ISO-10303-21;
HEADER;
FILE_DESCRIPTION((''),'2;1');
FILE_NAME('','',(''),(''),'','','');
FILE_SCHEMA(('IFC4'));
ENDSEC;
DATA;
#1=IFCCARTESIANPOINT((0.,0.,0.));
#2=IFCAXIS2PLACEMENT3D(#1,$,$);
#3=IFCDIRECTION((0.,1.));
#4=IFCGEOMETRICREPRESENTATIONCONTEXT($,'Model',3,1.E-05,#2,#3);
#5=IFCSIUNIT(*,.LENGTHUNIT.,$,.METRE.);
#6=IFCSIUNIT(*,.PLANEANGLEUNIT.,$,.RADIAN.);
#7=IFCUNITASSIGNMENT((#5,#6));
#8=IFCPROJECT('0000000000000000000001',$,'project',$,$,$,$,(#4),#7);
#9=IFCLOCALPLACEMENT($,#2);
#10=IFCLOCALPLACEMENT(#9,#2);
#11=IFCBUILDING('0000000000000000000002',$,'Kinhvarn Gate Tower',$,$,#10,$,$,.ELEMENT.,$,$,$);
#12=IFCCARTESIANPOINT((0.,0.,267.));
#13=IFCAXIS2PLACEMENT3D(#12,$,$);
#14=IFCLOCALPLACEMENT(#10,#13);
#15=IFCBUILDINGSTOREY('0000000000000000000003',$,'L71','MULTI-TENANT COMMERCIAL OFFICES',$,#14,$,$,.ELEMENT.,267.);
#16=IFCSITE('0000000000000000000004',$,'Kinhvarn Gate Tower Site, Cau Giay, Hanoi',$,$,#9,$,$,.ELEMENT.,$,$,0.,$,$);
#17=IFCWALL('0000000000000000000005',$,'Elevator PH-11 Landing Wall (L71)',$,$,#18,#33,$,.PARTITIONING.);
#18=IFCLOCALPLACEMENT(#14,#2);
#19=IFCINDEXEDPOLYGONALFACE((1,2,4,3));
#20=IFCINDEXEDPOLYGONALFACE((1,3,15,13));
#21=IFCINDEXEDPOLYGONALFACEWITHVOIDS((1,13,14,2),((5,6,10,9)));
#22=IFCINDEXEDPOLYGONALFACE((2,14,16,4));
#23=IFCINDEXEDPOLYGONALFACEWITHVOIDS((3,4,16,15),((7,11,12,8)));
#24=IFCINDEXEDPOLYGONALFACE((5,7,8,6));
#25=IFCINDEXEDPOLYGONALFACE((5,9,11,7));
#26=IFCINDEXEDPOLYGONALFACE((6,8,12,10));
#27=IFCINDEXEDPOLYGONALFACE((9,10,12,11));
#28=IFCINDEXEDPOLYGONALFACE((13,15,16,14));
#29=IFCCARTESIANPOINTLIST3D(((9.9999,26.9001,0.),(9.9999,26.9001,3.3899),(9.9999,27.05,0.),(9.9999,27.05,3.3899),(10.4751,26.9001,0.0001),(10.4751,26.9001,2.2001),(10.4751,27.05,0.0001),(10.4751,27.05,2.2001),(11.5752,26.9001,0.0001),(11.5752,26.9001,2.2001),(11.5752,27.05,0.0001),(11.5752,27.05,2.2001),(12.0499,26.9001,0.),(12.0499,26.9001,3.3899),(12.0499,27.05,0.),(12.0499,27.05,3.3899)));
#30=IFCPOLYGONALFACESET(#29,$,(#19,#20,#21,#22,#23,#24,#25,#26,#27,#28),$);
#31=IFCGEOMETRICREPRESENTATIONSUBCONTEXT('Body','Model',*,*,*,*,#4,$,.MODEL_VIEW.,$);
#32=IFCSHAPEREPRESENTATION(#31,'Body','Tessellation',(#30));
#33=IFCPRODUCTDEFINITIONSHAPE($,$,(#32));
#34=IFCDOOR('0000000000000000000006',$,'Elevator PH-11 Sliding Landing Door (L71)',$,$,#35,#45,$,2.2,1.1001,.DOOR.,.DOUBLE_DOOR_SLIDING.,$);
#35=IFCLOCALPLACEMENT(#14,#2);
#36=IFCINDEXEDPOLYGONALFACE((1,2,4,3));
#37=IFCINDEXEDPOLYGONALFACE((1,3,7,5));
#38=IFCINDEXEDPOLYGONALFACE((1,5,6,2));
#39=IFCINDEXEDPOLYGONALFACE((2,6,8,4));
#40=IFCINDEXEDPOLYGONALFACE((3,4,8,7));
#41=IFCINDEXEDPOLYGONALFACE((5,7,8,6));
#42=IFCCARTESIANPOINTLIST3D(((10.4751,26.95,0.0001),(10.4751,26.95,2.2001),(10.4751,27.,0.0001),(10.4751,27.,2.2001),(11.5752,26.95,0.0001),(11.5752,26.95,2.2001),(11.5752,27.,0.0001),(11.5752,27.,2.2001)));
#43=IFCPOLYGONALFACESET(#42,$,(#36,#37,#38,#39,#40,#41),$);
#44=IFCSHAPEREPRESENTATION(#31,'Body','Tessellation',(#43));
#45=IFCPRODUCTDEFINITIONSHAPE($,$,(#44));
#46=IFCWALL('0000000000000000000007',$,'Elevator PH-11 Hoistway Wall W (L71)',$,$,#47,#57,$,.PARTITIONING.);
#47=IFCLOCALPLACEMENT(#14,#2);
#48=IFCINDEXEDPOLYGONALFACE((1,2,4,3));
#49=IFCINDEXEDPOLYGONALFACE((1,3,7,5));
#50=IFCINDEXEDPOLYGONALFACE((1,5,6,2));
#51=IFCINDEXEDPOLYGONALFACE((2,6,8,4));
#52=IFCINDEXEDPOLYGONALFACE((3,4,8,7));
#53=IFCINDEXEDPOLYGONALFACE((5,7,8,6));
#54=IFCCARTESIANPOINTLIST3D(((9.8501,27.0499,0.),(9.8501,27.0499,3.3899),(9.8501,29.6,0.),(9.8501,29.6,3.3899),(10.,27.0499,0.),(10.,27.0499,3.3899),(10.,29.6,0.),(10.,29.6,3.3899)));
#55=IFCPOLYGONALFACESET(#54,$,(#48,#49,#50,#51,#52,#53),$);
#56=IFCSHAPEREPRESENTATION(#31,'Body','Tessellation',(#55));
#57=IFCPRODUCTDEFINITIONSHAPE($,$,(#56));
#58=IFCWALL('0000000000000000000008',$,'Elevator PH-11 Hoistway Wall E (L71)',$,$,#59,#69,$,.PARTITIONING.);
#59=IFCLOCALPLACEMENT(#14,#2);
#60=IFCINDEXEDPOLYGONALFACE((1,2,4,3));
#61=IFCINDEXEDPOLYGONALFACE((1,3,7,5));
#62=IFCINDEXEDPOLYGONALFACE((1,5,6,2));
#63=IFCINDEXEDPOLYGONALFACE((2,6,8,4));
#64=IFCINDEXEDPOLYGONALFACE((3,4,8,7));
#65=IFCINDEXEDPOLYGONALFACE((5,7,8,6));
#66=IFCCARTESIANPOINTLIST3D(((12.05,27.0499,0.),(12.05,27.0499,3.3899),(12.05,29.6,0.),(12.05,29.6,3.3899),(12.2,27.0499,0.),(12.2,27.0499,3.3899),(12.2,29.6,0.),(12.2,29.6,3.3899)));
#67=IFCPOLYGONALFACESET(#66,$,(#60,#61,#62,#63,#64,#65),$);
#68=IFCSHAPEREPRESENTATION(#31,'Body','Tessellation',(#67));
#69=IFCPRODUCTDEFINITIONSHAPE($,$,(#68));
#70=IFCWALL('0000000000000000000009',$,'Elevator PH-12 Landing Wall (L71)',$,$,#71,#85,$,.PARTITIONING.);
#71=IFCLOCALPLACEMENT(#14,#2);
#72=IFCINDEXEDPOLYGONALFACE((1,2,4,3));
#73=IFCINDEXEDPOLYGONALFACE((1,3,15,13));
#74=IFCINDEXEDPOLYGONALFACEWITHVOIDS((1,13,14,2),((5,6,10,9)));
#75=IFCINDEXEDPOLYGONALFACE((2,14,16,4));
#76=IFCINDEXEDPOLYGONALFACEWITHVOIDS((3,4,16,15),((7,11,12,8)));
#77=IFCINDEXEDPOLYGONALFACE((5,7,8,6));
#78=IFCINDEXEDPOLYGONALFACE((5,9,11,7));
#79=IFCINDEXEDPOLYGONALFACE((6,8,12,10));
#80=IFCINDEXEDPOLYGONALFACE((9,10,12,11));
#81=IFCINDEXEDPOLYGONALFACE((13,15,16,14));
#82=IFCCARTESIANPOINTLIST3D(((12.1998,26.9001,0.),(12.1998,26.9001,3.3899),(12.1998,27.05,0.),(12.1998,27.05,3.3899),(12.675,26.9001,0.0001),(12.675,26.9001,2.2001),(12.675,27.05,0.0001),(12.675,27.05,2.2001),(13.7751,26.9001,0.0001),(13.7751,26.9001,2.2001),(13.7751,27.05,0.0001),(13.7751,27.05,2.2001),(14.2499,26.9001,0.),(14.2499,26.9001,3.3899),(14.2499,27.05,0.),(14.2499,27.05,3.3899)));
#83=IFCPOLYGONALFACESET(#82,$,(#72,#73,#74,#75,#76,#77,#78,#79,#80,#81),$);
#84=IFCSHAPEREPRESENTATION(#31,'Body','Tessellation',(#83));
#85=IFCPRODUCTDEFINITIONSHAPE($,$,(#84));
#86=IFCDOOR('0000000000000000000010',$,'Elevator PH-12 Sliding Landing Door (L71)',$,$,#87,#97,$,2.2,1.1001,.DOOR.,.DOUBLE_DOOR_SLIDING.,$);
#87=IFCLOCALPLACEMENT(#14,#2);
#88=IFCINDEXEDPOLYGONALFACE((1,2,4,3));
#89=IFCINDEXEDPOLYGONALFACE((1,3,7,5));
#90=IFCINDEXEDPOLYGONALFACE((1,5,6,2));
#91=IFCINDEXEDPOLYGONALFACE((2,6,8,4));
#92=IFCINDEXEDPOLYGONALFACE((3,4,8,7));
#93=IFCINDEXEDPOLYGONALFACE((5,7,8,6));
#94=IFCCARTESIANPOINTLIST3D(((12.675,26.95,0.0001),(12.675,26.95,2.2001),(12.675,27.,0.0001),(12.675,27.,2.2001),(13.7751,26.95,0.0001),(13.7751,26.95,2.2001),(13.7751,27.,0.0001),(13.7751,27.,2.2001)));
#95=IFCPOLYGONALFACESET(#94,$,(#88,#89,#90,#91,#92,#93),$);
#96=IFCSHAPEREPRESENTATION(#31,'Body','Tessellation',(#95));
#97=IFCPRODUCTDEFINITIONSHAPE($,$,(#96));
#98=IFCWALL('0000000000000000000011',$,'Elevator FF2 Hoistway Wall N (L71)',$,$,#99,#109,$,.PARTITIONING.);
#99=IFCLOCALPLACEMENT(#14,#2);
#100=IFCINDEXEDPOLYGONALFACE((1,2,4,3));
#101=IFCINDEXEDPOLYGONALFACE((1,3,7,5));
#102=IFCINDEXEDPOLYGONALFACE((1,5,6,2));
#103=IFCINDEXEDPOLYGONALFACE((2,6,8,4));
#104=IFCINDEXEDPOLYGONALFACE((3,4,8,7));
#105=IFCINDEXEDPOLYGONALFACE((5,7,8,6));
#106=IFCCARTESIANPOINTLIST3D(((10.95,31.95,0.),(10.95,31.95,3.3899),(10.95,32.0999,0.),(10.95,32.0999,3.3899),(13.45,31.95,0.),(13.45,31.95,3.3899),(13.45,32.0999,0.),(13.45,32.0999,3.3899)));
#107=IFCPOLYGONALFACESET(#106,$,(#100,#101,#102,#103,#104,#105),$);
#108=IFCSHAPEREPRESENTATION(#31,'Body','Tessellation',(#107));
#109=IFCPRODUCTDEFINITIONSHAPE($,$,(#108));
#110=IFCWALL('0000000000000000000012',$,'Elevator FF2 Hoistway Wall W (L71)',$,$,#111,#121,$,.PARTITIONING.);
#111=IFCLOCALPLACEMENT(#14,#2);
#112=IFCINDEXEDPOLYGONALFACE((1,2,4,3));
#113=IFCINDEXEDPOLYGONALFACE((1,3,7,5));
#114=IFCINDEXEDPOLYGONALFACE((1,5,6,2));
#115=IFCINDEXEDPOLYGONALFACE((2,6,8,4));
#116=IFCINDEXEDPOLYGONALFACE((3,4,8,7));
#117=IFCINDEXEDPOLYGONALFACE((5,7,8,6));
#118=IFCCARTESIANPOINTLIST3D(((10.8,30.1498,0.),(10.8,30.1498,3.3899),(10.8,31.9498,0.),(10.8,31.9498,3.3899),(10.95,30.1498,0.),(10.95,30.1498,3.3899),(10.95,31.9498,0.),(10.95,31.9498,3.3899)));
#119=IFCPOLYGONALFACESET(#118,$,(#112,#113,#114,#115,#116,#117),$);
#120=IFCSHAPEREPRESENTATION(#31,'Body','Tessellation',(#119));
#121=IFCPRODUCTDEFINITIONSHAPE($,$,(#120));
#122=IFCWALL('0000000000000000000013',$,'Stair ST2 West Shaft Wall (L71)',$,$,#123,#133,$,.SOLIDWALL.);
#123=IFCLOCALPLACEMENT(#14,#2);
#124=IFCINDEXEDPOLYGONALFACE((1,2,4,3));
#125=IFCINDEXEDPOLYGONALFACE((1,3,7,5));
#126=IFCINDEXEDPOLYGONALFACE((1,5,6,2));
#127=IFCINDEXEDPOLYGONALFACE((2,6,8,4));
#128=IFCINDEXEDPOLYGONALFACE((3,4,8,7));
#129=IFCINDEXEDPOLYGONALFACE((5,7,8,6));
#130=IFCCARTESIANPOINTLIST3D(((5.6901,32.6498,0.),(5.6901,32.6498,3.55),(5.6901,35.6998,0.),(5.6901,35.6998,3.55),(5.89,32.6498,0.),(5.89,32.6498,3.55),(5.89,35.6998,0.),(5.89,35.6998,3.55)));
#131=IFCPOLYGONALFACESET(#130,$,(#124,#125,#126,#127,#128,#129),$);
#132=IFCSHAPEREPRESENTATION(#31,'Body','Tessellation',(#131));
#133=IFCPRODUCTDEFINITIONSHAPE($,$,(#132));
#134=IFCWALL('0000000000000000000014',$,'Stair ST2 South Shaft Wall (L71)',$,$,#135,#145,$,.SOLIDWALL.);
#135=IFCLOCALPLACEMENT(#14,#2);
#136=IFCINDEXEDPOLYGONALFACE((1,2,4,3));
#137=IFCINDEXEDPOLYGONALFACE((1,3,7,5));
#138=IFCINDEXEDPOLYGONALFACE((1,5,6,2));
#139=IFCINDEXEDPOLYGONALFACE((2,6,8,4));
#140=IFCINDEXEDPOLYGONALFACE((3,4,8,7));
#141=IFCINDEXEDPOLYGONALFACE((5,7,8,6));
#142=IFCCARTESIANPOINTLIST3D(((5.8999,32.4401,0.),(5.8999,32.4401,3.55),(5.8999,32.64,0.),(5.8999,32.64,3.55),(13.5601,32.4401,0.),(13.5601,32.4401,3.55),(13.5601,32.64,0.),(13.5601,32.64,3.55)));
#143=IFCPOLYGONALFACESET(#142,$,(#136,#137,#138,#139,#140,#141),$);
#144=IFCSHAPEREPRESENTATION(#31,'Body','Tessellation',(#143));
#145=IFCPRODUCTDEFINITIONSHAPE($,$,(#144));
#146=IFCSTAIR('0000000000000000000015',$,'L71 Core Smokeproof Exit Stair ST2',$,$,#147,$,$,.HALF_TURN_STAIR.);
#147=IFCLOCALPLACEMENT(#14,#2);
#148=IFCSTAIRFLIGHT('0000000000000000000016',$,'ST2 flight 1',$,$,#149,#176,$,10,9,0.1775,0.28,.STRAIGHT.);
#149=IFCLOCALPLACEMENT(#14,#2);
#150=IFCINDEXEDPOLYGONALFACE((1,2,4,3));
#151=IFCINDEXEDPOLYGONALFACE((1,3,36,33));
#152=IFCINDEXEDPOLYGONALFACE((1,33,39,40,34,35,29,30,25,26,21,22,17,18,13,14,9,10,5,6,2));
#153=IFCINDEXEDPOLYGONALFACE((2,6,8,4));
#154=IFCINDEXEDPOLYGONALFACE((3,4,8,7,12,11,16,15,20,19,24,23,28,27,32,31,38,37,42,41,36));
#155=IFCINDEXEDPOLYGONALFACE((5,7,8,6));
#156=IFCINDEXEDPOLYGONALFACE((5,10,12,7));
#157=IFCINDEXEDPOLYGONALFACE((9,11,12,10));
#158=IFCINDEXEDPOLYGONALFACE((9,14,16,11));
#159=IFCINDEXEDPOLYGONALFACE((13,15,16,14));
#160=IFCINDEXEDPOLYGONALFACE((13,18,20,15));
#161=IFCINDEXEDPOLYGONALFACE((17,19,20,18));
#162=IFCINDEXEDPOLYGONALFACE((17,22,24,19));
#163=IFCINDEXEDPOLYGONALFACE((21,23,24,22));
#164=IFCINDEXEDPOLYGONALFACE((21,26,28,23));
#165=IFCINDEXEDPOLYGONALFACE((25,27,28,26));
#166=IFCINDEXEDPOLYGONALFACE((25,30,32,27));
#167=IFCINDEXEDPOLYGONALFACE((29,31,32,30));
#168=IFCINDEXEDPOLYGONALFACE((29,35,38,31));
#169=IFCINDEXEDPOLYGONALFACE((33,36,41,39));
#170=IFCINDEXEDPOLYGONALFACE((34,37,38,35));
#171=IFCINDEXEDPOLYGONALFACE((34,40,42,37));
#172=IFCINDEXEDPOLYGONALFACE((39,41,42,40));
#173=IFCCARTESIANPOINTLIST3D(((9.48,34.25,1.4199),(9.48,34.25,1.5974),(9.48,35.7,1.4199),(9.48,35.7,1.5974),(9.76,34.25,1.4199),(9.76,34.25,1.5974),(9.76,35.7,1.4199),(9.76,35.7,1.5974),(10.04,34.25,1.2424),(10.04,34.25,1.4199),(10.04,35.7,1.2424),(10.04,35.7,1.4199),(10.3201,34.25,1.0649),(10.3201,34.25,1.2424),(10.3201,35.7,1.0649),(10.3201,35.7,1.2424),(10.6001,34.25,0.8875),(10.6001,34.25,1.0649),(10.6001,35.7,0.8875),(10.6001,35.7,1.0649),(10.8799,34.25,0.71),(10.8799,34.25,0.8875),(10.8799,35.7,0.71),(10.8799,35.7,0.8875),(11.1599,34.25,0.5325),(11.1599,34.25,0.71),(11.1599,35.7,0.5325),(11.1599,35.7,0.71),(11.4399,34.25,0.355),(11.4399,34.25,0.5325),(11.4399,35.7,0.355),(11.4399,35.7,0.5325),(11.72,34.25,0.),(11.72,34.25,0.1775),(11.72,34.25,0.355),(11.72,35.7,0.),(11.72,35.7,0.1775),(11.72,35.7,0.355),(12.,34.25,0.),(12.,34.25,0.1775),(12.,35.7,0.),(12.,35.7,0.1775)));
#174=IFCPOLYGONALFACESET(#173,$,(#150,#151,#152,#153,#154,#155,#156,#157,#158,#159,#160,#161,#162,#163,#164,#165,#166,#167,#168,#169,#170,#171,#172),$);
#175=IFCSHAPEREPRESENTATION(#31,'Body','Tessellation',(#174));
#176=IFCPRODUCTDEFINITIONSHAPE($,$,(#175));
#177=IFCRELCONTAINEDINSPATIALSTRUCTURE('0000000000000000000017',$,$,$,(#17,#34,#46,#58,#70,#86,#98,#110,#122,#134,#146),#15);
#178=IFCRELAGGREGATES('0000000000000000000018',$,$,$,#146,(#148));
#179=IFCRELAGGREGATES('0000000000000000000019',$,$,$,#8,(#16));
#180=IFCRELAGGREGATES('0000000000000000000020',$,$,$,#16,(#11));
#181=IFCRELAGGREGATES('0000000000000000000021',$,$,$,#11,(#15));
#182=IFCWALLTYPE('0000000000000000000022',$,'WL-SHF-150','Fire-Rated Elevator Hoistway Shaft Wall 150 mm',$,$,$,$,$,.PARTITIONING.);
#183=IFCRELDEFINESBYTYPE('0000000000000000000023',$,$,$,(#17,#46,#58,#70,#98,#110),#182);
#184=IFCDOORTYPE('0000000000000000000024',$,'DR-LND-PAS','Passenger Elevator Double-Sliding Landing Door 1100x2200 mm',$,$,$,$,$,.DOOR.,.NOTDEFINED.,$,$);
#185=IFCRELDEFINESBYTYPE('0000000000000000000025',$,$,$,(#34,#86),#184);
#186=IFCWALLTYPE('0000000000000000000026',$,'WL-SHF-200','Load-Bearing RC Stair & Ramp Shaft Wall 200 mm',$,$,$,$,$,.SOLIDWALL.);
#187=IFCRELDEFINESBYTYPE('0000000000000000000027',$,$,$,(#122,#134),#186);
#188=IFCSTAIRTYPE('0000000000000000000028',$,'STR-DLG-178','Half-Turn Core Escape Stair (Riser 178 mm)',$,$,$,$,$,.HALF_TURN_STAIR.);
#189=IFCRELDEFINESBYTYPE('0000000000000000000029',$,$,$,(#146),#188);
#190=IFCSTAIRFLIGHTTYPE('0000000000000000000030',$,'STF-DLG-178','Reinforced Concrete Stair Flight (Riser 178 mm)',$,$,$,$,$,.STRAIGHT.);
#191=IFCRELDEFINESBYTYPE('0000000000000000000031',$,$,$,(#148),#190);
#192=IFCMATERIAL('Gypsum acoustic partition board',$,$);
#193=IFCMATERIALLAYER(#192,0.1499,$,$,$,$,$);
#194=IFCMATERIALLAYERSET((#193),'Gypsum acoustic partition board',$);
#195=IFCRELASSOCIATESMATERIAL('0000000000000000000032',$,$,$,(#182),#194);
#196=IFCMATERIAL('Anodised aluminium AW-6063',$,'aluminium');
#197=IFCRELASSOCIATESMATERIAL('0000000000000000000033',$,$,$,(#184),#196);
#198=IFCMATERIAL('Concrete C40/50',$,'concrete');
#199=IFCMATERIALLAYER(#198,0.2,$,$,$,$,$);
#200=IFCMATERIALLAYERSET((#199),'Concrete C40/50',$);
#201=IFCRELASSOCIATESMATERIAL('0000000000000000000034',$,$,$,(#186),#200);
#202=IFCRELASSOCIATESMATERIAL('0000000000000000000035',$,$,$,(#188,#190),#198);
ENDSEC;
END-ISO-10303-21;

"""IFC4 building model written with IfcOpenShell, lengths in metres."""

from ifc_helpers import new_model, si_unit, direction, frame, frame_2d, origin, place, context, subcontext, project, spatial, polyline, rectangle, outline, extrude, material, layer, layer_set, type_object, element, fill, aggregate, save


model = new_model("IFC4")

# Units and contexts
model_context = context("Model", 3, precision=1e-05, world=origin(), true_north=direction((0.0, 1.0)))
body_context = subcontext(model_context, "Body", "Model", "MODEL_VIEW")
ifc_project = project(units=[si_unit("LENGTHUNIT", "METRE"), si_unit("PLANEANGLEUNIT", "RADIAN")], contexts=[model_context])

# Site, building, storey
site_placement = place(None, origin())
site = spatial("IfcSite", under=ifc_project, at=site_placement, Name="Kinhvarn Gate Tower Site, Cau Giay, Hanoi", CompositionType="ELEMENT", RefElevation=0.0)
building_placement = place(site_placement, origin())
building = spatial("IfcBuilding", under=site, at=building_placement, Name="Kinhvarn Gate Tower", CompositionType="ELEMENT")
storey_placement = place(building_placement, frame((0.0, 0.0, 267.0)))
storey = spatial("IfcBuildingStorey", under=building, at=storey_placement, Name="L71", Description="MULTI-TENANT COMMERCIAL OFFICES", CompositionType="ELEMENT", Elevation=267.0)

# Shared definitions
ifc_material_1 = material(Name="Gypsum acoustic partition board")

# Shared definitions
ifc_material_2 = material(Name="Anodised aluminium AW-6063", Category="aluminium")

# Wall, opening, door
ifc_layer_1 = layer(ifc_material_1, 0.1499)
ifc_layer_set_1 = layer_set([ifc_layer_1], Name="Gypsum acoustic partition board")
wall_type_1 = type_object("IfcWallType", Name="WL-SHF-150", Description="Fire-Rated Elevator Hoistway Shaft Wall 150 mm", PredefinedType="PARTITIONING", material=ifc_layer_set_1)
door_type_1 = type_object("IfcDoorType", Name="DR-LND-PAS", Description="Passenger Elevator Double-Sliding Landing Door 1100x2200 mm", OperationType="NOTDEFINED", PredefinedType="DOOR", material=ifc_material_2)
wall_1_placement = place(storey_placement, frame((10.0, 26.9751, 0.0), z_axis=(0.0, 0.0, 1.0), x_axis=(1.0, 0.0, 0.0)))
wall_1 = element("IfcWall", 1, at=wall_1_placement, inside=storey, type_object=wall_type_1, Name="Elevator PH-11 Landing Wall (L71)", PredefinedType="PARTITIONING", context=body_context, shape_type="SweptSolid", body=[
    extrude(rectangle(XDim=2.05, YDim=0.1499, at=frame_2d((1.0249, 0.0))), origin(), (0.0, 0.0, 1.0), 3.3899),
])
opening_1_placement = place(wall_1_placement, frame((0.4751, 0.0, 0.0)))
opening_1 = element("IfcOpeningElement", 2, at=opening_1_placement, cuts=wall_1, PredefinedType="OPENING", context=body_context, shape_type="SweptSolid", body=[
    extrude(rectangle(XDim=1.1001, YDim=2.2, at=frame_2d((0.55, 1.1001))), frame((0.0, 0.085, 0.0), z_axis=(0.0, -1.0, 0.0), x_axis=(1.0, 0.0, 0.0)), (0.0, 0.0, 1.0), 0.1699),
])
door_1_placement = place(opening_1_placement, origin())
door_1 = element("IfcDoor", 3, at=door_1_placement, inside=storey, type_object=door_type_1, Name="Elevator PH-11 Sliding Landing Door (L71)", OperationType="DOUBLE_DOOR_SLIDING", OverallHeight=2.2, OverallWidth=1.1001, PredefinedType="DOOR", context=body_context, shape_type="SweptSolid", body=[
    extrude(rectangle(XDim=1.1001, YDim=2.2, at=frame_2d((0.55, 1.1001))), frame((0.0, 0.0249, 0.0), z_axis=(0.0, -1.0, 0.0), x_axis=(1.0, 0.0, 0.0)), (0.0, 0.0, 1.0), 0.05),
])
fill(opening_1, door_1)

# Walls
for number, where, z_axis, x_axis, name in (
    (4, (9.925, 27.05, 0.0), (0.0, 0.0, 1.0), (0.0, 1.0, 0.0), "Elevator PH-11 Hoistway Wall W (L71)"),
    (5, (12.125, 27.05, 0.0), (0.0, 0.0, 1.0), (0.0, 1.0, 0.0), "Elevator PH-11 Hoistway Wall E (L71)"),
):
    element("IfcWall", number, at=place(storey_placement, frame(where, z_axis=z_axis, x_axis=x_axis)), inside=storey, type_object=wall_type_1, Name=name, PredefinedType="PARTITIONING", context=body_context, shape_type="SweptSolid", body=[
        extrude(rectangle(XDim=2.55, YDim=0.1499, at=frame_2d((1.2749, 0.0))), origin(), (0.0, 0.0, 1.0), 3.3899),
    ])

# Wall, opening, door
wall_2_placement = place(storey_placement, frame((12.2, 26.9751, 0.0), z_axis=(0.0, 0.0, 1.0), x_axis=(1.0, 0.0, 0.0)))
wall_2 = element("IfcWall", 6, at=wall_2_placement, inside=storey, type_object=wall_type_1, Name="Elevator PH-12 Landing Wall (L71)", PredefinedType="PARTITIONING", context=body_context, shape_type="SweptSolid", body=[
    extrude(rectangle(XDim=2.05, YDim=0.1499, at=frame_2d((1.0249, 0.0))), origin(), (0.0, 0.0, 1.0), 3.3899),
])
opening_2_placement = place(wall_2_placement, frame((0.4751, 0.0, 0.0)))
opening_2 = element("IfcOpeningElement", 7, at=opening_2_placement, cuts=wall_2, PredefinedType="OPENING", context=body_context, shape_type="SweptSolid", body=[
    extrude(rectangle(XDim=1.1001, YDim=2.2, at=frame_2d((0.55, 1.1001))), frame((0.0, 0.085, 0.0), z_axis=(0.0, -1.0, 0.0), x_axis=(1.0, 0.0, 0.0)), (0.0, 0.0, 1.0), 0.1699),
])
door_2_placement = place(opening_2_placement, origin())
door_2 = element("IfcDoor", 8, at=door_2_placement, inside=storey, type_object=door_type_1, Name="Elevator PH-12 Sliding Landing Door (L71)", OperationType="DOUBLE_DOOR_SLIDING", OverallHeight=2.2, OverallWidth=1.1001, PredefinedType="DOOR", context=body_context, shape_type="SweptSolid", body=[
    extrude(rectangle(XDim=1.1001, YDim=2.2, at=frame_2d((0.55, 1.1001))), frame((0.0, 0.0249, 0.0), z_axis=(0.0, -1.0, 0.0), x_axis=(1.0, 0.0, 0.0)), (0.0, 0.0, 1.0), 0.05),
])
fill(opening_2, door_2)

# Walls
wall_3_placement = place(storey_placement, frame((10.95, 32.0249, 0.0), z_axis=(0.0, 0.0, 1.0), x_axis=(1.0, 0.0, 0.0)))
element("IfcWall", 9, at=wall_3_placement, inside=storey, type_object=wall_type_1, Name="Elevator FF2 Hoistway Wall N (L71)", PredefinedType="PARTITIONING", context=body_context, shape_type="SweptSolid", body=[
    extrude(rectangle(XDim=2.5, YDim=0.1499, at=frame_2d((1.25, 0.0))), origin(), (0.0, 0.0, 1.0), 3.3899),
])
wall_4_placement = place(storey_placement, frame((10.875, 30.1499, 0.0), z_axis=(0.0, 0.0, 1.0), x_axis=(0.0, 1.0, 0.0)))
element("IfcWall", 10, at=wall_4_placement, inside=storey, type_object=wall_type_1, Name="Elevator FF2 Hoistway Wall W (L71)", PredefinedType="PARTITIONING", context=body_context, shape_type="SweptSolid", body=[
    extrude(rectangle(XDim=1.8, YDim=0.1499, at=frame_2d((0.8999, 0.0))), origin(), (0.0, 0.0, 1.0), 3.3899),
])
ifc_material_3 = material(Name="Concrete C40/50", Category="concrete")
ifc_layer_2 = layer(ifc_material_3, 0.2)
ifc_layer_set_2 = layer_set([ifc_layer_2], Name="Concrete C40/50")
wall_type_2 = type_object("IfcWallType", Name="WL-SHF-200", Description="Load-Bearing RC Stair & Ramp Shaft Wall 200 mm", PredefinedType="SOLIDWALL", material=ifc_layer_set_2)
wall_5_placement = place(storey_placement, frame((5.79, 32.6499, 0.0), z_axis=(0.0, 0.0, 1.0), x_axis=(0.0, 1.0, 0.0)))
element("IfcWall", 11, at=wall_5_placement, inside=storey, type_object=wall_type_2, Name="Stair ST2 West Shaft Wall (L71)", PredefinedType="SOLIDWALL", context=body_context, shape_type="SweptSolid", body=[
    extrude(rectangle(XDim=3.05, YDim=0.2, at=frame_2d((1.5249, 0.0))), origin(), (0.0, 0.0, 1.0), 3.55),
])
wall_6_placement = place(storey_placement, frame((5.8999, 32.54, 0.0), z_axis=(0.0, 0.0, 1.0), x_axis=(1.0, 0.0, 0.0)))
element("IfcWall", 12, at=wall_6_placement, inside=storey, type_object=wall_type_2, Name="Stair ST2 South Shaft Wall (L71)", PredefinedType="SOLIDWALL", context=body_context, shape_type="SweptSolid", body=[
    extrude(rectangle(XDim=7.6602, YDim=0.2, at=frame_2d((3.8301, 0.0))), origin(), (0.0, 0.0, 1.0), 3.55),
])

# Stair, stair flight
stair_type = type_object("IfcStairType", Name="STR-DLG-178", Description="Half-Turn Core Escape Stair (Riser 178 mm)", PredefinedType="HALF_TURN_STAIR", material=ifc_material_3)
stair_placement = place(storey_placement, origin())
stair = element("IfcStair", 13, at=stair_placement, inside=storey, type_object=stair_type, Name="L71 Core Smokeproof Exit Stair ST2", PredefinedType="HALF_TURN_STAIR")
stair_flight_type = type_object("IfcStairFlightType", Name="STF-DLG-178", Description="Reinforced Concrete Stair Flight (Riser 178 mm)", PredefinedType="STRAIGHT", material=ifc_material_3)
stair_flight_1_placement = place(storey_placement, frame((12.0, 34.9751, 0.0), z_axis=(0.0, 0.0, 1.0), x_axis=(-1.0, 0.0, 0.0)))
stair_flight_1 = element("IfcStairFlight", 14, at=stair_flight_1_placement, type_object=stair_flight_type, Name="ST2 flight 1", NumberOfRisers=10, NumberOfTreads=9, PredefinedType="STRAIGHT", RiserHeight=0.1775, TreadLength=0.28, context=body_context, shape_type="SweptSolid", body=[
    extrude(outline(polyline([(0.0, 0.0), (0.0, 0.1775), (0.28, 0.1775), (0.28, 0.355), (0.5601, 0.355), (0.5601, 0.5325), (0.8401, 0.5325), (0.8401, 0.71), (1.1201, 0.71), (1.1201, 0.8875), (1.3999, 0.8875), (1.3999, 1.0649), (1.6799, 1.0649), (1.6799, 1.2424), (1.96, 1.2424), (1.96, 1.4199), (2.24, 1.4199), (2.24, 1.5974), (2.52, 1.5974), (2.52, 1.7749), (2.52, 1.4199), (0.28, 0.0), (0.0, 0.0)])), frame((0.0, 0.7251, 0.0), z_axis=(0.0, -1.0, 0.0), x_axis=(1.0, 0.0, 0.0)), (0.0, 0.0, 1.0), 1.45),
])
aggregate(stair, [stair_flight_1])

save(model, "model.ifc")
